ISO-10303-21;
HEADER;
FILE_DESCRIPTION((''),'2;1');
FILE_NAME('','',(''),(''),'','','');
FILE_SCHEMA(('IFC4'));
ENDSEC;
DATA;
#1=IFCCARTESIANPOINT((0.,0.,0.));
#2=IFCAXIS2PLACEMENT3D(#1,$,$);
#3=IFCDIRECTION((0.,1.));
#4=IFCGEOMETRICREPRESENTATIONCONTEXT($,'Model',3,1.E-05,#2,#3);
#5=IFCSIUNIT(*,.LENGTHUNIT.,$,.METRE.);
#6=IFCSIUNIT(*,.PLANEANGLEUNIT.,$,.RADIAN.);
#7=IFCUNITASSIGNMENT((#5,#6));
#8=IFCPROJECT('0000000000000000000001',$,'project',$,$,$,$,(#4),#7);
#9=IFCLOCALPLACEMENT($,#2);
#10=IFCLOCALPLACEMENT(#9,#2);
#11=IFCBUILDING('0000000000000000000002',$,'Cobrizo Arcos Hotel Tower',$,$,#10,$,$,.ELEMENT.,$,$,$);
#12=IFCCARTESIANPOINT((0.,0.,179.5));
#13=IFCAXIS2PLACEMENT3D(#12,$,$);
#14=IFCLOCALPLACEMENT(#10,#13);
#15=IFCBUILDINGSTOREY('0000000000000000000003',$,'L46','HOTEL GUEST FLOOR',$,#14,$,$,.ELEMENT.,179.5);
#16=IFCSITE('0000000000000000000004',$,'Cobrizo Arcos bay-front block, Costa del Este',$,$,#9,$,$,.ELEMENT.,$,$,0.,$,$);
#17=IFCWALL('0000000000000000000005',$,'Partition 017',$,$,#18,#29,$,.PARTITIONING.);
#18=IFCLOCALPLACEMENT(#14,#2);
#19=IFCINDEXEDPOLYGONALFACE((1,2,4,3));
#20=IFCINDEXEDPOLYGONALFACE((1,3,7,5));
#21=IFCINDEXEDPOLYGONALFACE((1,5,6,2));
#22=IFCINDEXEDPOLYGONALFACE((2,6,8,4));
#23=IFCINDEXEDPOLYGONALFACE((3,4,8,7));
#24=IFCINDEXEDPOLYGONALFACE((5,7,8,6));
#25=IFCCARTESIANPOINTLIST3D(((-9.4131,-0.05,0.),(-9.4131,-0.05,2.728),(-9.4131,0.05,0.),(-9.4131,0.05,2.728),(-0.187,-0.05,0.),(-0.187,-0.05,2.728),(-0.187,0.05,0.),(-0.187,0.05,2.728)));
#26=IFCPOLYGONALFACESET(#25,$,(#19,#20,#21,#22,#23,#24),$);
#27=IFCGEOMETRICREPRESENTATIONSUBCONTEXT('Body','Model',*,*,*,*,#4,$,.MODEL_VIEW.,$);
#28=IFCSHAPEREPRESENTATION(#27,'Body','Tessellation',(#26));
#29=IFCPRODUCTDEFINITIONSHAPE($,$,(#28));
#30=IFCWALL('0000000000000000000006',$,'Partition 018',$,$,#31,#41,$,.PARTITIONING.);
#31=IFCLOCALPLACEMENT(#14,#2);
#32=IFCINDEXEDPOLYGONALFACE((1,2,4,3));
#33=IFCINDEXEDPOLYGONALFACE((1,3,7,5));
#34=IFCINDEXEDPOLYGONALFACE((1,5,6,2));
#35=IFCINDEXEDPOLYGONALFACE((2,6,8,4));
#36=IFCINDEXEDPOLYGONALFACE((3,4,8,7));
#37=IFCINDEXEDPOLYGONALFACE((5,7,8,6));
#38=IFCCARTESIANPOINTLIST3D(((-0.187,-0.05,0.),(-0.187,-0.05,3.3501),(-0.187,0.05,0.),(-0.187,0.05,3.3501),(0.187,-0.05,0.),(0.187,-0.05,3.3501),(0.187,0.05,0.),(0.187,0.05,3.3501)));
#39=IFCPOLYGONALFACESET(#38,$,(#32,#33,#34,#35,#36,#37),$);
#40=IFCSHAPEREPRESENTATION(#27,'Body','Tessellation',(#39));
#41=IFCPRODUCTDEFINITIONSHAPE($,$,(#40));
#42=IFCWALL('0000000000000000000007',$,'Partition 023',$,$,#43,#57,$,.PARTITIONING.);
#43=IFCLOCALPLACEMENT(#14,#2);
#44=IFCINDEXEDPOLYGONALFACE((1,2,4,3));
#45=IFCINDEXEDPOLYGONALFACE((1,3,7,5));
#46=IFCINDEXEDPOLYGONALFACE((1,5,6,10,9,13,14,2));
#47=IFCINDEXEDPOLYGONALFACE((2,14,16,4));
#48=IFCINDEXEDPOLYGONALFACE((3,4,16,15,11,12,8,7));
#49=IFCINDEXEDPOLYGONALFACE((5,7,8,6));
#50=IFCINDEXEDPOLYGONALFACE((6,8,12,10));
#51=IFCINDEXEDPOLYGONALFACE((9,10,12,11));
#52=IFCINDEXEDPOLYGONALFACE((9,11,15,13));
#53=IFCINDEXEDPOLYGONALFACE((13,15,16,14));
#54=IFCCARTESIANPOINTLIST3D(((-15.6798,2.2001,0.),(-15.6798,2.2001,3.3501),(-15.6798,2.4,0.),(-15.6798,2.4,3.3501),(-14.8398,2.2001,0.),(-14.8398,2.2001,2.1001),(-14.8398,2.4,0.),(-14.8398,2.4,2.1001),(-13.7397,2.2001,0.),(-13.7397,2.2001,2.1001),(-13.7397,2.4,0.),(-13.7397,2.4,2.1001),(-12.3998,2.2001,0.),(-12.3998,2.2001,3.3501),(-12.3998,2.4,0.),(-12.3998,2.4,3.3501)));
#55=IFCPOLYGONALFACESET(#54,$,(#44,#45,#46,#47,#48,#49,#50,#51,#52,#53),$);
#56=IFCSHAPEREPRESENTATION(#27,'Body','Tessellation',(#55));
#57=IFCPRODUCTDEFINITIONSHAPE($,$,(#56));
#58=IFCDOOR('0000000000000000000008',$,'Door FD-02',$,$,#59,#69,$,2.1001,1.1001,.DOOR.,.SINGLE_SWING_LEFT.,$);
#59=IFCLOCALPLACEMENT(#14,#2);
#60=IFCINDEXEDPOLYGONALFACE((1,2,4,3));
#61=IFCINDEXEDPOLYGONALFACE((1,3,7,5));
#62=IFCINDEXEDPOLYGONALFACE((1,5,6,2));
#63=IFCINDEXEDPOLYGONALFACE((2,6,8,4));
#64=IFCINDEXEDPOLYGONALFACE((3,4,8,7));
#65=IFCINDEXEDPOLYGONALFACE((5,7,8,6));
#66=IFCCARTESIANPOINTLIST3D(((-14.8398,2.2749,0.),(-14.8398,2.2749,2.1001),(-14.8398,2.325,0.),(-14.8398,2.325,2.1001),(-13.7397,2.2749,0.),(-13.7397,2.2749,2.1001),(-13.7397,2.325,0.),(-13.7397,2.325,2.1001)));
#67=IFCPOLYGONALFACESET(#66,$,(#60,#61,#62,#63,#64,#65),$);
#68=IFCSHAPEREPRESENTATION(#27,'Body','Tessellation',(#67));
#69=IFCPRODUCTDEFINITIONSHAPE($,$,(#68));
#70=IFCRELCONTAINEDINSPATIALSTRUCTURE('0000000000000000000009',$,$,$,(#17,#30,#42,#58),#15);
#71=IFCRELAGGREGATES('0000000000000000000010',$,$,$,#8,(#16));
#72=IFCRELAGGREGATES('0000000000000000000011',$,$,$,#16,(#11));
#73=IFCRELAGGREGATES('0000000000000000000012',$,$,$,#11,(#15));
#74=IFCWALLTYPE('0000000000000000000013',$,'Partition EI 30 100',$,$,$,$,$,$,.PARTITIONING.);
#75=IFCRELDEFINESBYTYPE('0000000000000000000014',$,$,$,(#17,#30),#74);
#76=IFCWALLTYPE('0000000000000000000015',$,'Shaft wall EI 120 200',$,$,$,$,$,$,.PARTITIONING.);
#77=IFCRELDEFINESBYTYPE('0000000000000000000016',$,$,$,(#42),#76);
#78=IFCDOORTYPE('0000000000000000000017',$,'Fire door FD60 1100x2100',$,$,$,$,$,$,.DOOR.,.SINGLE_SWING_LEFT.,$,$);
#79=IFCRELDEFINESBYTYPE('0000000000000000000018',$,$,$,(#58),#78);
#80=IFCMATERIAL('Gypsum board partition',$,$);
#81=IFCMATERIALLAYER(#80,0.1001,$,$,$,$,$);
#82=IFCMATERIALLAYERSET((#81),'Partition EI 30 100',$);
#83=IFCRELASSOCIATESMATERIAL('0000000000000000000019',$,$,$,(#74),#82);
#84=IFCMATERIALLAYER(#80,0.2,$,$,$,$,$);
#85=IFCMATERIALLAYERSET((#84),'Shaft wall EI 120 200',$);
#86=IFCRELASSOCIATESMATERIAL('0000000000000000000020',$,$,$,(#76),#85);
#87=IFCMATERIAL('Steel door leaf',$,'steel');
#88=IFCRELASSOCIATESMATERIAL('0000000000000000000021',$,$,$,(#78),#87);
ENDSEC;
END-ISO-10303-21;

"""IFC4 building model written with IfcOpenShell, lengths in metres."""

from ifc_helpers import new_model, si_unit, direction, frame, frame_2d, origin, place, context, subcontext, project, spatial, rectangle, extrude, material, layer, layer_set, type_object, element, fill, save


model = new_model("IFC4")

# Units and contexts
model_context = context("Model", 3, precision=1e-05, world=origin(), true_north=direction((0.0, 1.0)))
body_context = subcontext(model_context, "Body", "Model", "MODEL_VIEW")
ifc_project = project(units=[si_unit("LENGTHUNIT", "METRE"), si_unit("PLANEANGLEUNIT", "RADIAN")], contexts=[model_context])

# Site, building, storey
site_placement = place(None, origin())
site = spatial("IfcSite", under=ifc_project, at=site_placement, Name="Cobrizo Arcos bay-front block, Costa del Este", CompositionType="ELEMENT", RefElevation=0.0)
building_placement = place(site_placement, origin())
building = spatial("IfcBuilding", under=site, at=building_placement, Name="Cobrizo Arcos Hotel Tower", CompositionType="ELEMENT")
storey_placement = place(building_placement, frame((0.0, 0.0, 179.5)))
storey = spatial("IfcBuildingStorey", under=building, at=storey_placement, Name="L46", Description="HOTEL GUEST FLOOR", CompositionType="ELEMENT", Elevation=179.5)

# Shared definitions
ifc_material_1 = material(Name="Gypsum board partition")

# Walls
ifc_layer_1 = layer(ifc_material_1, 0.1001)
ifc_layer_set_1 = layer_set([ifc_layer_1], Name="Partition EI 30 100")
wall_type_1 = type_object("IfcWallType", Name="Partition EI 30 100", PredefinedType="PARTITIONING", material=ifc_layer_set_1)
wall_1_placement = place(storey_placement, frame((-9.4131, 0.0, 0.0), z_axis=(0.0, 0.0, 1.0), x_axis=(1.0, 0.0, 0.0)))
element("IfcWall", 1, at=wall_1_placement, inside=storey, type_object=wall_type_1, Name="Partition 017", PredefinedType="PARTITIONING", context=body_context, shape_type="SweptSolid", body=[
    extrude(rectangle(XDim=9.2261, YDim=0.1001, at=frame_2d((4.613, 0.0))), origin(), (0.0, 0.0, 1.0), 2.728),
])
wall_2_placement = place(storey_placement, frame((-0.187, 0.0, 0.0), z_axis=(0.0, 0.0, 1.0), x_axis=(1.0, 0.0, 0.0)))
element("IfcWall", 2, at=wall_2_placement, inside=storey, type_object=wall_type_1, Name="Partition 018", PredefinedType="PARTITIONING", context=body_context, shape_type="SweptSolid", body=[
    extrude(rectangle(XDim=0.374, YDim=0.1001, at=frame_2d((0.187, 0.0))), origin(), (0.0, 0.0, 1.0), 3.3501),
])

# Wall, opening, door
ifc_layer_2 = layer(ifc_material_1, 0.2)
ifc_layer_set_2 = layer_set([ifc_layer_2], Name="Shaft wall EI 120 200")
wall_type_2 = type_object("IfcWallType", Name="Shaft wall EI 120 200", PredefinedType="PARTITIONING", material=ifc_layer_set_2)
wall_3_placement = place(storey_placement, frame((-15.6799, 2.3, 0.0), z_axis=(0.0, 0.0, 1.0), x_axis=(1.0, 0.0, 0.0)))
wall_3 = element("IfcWall", 3, at=wall_3_placement, inside=storey, type_object=wall_type_2, Name="Partition 023", PredefinedType="PARTITIONING", context=body_context, shape_type="SweptSolid", body=[
    extrude(rectangle(XDim=3.28, YDim=0.2, at=frame_2d((1.6401, 0.0))), origin(), (0.0, 0.0, 1.0), 3.3501),
])
opening_1_placement = place(wall_3_placement, frame((0.8401, 0.0, 0.0)))
opening_1 = element("IfcOpeningElement", 4, at=opening_1_placement, cuts=wall_3, PredefinedType="OPENING", context=body_context, shape_type="SweptSolid", body=[
    extrude(rectangle(XDim=1.1001, YDim=2.1001, at=frame_2d((0.55, 1.05))), frame((0.0, 0.1121, 0.0), z_axis=(0.0, -1.0, 0.0), x_axis=(1.0, 0.0, 0.0)), (0.0, 0.0, 1.0), 0.2239),
])
ifc_material_2 = material(Name="Steel door leaf", Category="steel")
door_type_1 = type_object("IfcDoorType", Name="Fire door FD60 1100x2100", OperationType="SINGLE_SWING_LEFT", PredefinedType="DOOR", material=ifc_material_2)
door_1_placement = place(opening_1_placement, origin())
door_1 = element("IfcDoor", 5, at=door_1_placement, inside=storey, type_object=door_type_1, Name="Door FD-02", OperationType="SINGLE_SWING_LEFT", OverallHeight=2.1001, OverallWidth=1.1001, PredefinedType="DOOR", context=body_context, shape_type="SweptSolid", body=[
    extrude(rectangle(XDim=1.1001, YDim=2.1001, at=frame_2d((0.55, 1.05))), frame((0.0, 0.0249, 0.0), z_axis=(0.0, -1.0, 0.0), x_axis=(1.0, 0.0, 0.0)), (0.0, 0.0, 1.0), 0.05),
])
fill(opening_1, door_1)

save(model, "model.ifc")
